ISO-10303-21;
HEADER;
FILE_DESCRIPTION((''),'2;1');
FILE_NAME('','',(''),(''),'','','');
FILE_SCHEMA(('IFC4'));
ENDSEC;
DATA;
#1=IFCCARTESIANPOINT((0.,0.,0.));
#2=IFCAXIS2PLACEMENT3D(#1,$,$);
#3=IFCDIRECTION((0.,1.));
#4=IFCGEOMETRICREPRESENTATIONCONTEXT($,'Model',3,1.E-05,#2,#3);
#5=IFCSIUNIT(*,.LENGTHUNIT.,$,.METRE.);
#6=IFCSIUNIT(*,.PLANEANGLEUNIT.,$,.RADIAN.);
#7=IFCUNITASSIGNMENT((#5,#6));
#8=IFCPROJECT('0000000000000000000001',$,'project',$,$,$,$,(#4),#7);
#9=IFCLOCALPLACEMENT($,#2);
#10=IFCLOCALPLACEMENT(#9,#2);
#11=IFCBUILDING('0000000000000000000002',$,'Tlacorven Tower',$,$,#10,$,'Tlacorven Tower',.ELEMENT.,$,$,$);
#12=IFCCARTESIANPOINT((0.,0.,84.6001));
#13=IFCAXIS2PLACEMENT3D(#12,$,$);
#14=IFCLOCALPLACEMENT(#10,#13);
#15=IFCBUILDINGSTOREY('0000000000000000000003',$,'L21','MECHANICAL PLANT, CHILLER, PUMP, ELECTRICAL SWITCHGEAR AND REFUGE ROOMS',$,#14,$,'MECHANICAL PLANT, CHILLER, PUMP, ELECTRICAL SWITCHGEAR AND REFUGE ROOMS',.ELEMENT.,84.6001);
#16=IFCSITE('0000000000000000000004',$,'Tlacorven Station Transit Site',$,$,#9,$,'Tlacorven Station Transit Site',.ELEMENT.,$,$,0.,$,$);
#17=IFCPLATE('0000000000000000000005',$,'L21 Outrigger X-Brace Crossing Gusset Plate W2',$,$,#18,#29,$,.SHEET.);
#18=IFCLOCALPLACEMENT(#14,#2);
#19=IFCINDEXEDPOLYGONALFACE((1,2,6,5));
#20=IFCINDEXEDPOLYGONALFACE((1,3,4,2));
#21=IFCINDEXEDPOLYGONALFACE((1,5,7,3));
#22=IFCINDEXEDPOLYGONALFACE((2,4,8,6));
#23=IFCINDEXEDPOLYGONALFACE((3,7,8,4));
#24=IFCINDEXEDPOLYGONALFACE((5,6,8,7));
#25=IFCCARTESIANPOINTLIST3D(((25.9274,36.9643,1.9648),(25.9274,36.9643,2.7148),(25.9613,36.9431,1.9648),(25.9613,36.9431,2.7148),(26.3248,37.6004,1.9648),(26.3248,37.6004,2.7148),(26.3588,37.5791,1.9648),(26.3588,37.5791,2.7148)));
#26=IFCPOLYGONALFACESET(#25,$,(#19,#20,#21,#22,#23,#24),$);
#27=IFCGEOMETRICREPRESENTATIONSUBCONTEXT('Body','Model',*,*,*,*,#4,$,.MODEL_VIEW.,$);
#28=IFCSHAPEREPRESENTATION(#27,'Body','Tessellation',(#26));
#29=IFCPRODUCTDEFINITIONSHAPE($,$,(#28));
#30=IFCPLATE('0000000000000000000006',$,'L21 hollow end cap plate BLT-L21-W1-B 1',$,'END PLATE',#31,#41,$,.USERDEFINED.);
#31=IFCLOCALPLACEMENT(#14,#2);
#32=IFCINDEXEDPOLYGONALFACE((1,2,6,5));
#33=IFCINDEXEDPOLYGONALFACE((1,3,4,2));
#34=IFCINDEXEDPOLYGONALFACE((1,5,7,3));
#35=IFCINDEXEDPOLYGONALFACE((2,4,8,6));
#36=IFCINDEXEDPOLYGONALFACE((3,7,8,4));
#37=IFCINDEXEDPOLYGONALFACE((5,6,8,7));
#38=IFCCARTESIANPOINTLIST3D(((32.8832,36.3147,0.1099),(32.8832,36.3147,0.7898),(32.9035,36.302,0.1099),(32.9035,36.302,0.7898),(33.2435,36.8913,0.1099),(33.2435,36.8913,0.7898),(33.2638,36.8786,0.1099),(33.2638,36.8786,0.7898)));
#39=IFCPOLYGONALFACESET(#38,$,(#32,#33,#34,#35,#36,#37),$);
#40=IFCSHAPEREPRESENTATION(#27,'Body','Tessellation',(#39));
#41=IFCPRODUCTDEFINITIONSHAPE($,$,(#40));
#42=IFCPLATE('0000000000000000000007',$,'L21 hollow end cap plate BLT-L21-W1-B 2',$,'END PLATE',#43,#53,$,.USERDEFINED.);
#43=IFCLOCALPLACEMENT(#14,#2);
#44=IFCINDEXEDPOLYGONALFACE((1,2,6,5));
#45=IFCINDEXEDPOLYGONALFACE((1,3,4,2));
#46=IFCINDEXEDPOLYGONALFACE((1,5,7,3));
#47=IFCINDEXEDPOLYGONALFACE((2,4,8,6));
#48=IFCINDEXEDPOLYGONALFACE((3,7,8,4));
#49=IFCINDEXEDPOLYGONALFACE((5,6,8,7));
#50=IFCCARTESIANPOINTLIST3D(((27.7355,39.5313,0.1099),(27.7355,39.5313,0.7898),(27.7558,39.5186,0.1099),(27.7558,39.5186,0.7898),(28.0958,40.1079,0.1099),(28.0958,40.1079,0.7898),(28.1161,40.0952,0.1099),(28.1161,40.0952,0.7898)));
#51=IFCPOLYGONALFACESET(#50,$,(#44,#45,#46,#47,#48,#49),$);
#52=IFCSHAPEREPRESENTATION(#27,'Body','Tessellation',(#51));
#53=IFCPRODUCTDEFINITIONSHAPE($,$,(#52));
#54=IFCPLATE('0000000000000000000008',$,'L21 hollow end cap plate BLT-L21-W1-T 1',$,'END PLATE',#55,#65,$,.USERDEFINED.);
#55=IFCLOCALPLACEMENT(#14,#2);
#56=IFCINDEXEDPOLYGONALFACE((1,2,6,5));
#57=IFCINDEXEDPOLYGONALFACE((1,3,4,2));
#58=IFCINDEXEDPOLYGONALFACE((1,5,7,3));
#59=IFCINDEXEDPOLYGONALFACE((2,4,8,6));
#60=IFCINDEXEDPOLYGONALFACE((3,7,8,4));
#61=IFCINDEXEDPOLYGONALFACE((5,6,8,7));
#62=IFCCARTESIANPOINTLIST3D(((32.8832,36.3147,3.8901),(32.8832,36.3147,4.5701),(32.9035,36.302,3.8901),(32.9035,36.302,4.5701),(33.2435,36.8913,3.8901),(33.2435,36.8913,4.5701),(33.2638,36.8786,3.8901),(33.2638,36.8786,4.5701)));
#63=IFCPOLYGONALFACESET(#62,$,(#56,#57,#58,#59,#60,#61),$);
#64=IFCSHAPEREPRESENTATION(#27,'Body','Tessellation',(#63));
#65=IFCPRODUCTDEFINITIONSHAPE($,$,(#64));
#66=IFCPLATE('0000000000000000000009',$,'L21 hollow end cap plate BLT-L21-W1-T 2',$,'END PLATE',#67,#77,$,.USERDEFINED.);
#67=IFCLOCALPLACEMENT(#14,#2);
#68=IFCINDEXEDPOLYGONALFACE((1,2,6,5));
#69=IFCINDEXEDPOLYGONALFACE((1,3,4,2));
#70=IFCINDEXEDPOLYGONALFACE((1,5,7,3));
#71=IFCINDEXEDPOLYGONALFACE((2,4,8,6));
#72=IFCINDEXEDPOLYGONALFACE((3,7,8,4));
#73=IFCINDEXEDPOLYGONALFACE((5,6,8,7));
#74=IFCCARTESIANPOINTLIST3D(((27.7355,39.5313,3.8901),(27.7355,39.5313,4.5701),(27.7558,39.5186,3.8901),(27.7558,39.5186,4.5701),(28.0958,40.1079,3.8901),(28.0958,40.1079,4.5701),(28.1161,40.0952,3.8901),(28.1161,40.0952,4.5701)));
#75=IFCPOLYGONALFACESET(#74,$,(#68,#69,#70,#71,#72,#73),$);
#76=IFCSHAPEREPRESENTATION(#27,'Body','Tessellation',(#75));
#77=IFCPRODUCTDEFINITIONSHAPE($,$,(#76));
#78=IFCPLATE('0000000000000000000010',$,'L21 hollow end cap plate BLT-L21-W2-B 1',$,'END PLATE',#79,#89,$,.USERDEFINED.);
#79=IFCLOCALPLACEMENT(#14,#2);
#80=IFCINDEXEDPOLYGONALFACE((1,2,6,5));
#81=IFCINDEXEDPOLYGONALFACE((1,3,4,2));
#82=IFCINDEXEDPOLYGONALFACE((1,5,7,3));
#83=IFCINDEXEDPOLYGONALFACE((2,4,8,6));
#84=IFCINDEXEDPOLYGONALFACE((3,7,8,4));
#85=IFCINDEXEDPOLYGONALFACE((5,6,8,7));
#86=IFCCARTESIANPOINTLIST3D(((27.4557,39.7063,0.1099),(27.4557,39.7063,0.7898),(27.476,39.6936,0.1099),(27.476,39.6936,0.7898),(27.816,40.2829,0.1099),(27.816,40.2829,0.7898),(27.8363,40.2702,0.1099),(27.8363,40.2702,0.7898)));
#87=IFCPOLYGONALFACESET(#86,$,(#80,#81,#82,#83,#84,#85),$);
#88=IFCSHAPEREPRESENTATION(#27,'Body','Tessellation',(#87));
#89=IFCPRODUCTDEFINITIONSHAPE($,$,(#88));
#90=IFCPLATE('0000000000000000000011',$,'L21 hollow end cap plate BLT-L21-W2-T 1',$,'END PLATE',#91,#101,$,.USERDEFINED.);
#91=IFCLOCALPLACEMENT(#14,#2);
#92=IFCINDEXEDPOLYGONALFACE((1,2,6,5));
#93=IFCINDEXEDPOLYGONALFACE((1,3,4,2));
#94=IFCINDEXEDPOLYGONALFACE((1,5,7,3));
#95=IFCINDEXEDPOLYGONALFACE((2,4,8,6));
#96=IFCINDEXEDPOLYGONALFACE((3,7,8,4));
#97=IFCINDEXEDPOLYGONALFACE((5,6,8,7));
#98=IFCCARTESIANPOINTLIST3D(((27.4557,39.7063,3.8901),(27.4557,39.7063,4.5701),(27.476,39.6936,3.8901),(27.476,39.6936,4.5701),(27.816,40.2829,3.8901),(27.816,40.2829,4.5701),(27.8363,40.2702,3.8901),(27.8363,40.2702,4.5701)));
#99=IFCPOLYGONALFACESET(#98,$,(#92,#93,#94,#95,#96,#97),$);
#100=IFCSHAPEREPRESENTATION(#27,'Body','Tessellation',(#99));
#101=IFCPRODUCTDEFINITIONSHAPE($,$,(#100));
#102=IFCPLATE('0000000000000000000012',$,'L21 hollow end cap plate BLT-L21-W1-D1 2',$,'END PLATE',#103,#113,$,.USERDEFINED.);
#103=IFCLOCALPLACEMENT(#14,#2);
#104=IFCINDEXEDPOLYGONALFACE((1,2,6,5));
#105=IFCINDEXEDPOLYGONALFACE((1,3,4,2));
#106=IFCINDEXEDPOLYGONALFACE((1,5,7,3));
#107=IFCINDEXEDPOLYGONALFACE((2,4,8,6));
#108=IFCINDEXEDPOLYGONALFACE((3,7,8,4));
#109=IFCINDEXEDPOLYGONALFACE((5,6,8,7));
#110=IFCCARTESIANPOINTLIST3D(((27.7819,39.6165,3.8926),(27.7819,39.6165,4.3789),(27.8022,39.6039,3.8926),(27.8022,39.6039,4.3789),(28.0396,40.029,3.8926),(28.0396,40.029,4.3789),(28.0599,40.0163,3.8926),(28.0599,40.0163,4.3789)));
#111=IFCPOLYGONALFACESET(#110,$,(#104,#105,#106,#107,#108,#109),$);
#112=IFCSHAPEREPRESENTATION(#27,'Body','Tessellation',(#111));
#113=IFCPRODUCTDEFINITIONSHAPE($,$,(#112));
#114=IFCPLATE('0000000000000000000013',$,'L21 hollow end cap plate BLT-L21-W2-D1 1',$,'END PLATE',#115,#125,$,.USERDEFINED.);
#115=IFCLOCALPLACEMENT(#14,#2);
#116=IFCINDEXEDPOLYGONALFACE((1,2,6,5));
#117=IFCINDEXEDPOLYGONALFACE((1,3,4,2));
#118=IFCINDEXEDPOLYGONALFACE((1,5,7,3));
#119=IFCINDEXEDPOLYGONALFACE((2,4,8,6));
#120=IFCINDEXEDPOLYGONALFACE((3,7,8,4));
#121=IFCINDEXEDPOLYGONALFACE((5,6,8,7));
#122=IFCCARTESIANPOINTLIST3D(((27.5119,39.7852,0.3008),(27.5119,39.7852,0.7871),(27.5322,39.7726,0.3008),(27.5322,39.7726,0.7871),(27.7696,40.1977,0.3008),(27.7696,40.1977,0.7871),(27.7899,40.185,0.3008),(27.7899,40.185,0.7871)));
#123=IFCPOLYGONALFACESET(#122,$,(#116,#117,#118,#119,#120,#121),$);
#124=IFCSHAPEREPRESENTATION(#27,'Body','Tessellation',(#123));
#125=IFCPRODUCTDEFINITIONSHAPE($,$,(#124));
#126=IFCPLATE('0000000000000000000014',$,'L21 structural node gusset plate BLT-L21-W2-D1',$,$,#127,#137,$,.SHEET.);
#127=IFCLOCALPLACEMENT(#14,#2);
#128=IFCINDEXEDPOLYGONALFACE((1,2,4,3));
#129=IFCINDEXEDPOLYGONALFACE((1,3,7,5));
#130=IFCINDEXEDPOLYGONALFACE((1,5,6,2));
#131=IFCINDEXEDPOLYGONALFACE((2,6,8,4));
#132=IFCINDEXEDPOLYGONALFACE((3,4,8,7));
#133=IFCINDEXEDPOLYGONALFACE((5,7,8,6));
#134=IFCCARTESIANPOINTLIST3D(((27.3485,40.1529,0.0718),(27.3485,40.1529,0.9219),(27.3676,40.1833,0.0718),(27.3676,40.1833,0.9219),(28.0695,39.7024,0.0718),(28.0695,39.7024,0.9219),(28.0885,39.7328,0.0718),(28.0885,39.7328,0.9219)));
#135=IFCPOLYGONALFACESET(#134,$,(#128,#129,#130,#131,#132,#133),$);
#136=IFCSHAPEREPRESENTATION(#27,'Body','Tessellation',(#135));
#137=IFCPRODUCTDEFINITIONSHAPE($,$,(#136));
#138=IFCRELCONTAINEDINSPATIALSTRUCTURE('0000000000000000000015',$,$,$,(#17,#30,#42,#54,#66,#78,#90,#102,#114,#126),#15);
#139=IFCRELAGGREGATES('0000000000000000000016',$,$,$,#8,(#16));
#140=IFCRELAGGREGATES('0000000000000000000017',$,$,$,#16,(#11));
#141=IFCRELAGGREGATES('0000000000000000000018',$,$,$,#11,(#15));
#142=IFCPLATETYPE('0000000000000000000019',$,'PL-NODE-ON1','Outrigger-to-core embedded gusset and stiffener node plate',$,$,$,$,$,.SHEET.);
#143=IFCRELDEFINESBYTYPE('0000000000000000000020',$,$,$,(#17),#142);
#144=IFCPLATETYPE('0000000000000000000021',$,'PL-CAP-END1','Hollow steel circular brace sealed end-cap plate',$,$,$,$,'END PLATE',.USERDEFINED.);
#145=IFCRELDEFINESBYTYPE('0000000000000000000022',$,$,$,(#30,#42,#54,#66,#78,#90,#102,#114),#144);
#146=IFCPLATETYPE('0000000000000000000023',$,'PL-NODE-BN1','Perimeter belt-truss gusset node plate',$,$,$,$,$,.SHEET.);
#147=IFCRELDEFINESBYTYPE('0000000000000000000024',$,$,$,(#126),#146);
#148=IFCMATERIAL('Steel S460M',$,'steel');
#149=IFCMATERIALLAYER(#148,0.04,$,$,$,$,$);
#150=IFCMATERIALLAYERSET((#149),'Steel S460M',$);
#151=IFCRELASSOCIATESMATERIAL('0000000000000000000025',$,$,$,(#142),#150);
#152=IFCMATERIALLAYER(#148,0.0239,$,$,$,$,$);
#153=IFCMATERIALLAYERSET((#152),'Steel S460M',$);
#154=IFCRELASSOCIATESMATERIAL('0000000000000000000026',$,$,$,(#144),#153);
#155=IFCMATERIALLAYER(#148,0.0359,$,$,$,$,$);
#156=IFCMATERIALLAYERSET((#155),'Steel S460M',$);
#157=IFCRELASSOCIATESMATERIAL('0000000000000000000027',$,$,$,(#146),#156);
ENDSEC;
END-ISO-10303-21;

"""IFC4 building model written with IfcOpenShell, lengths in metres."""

from ifc_helpers import new_model, si_unit, direction, frame, origin, origin_2d, place, context, subcontext, project, spatial, rectangle, extrude, source, transform, mapped, material, layer, layer_set, type_object, element, save


model = new_model("IFC4")

# Units and contexts
model_context = context("Model", 3, precision=1e-05, world=origin(), true_north=direction((0.0, 1.0)))
body_context = subcontext(model_context, "Body", "Model", "MODEL_VIEW")
ifc_project = project(units=[si_unit("LENGTHUNIT", "METRE"), si_unit("PLANEANGLEUNIT", "RADIAN")], contexts=[model_context])

# Site, building, storey
site_placement = place(None, origin())
site = spatial("IfcSite", under=ifc_project, at=site_placement, Name="Tlacorven Station Transit Site", LongName="Tlacorven Station Transit Site", CompositionType="ELEMENT", RefElevation=0.0)
building_placement = place(site_placement, origin())
building = spatial("IfcBuilding", under=site, at=building_placement, Name="Tlacorven Tower", LongName="Tlacorven Tower", CompositionType="ELEMENT")
storey_placement = place(building_placement, frame((0.0, 0.0, 84.6001)))
storey = spatial("IfcBuildingStorey", under=building, at=storey_placement, Name="L21", Description="MECHANICAL PLANT, CHILLER, PUMP, ELECTRICAL SWITCHGEAR AND REFUGE ROOMS", LongName="MECHANICAL PLANT, CHILLER, PUMP, ELECTRICAL SWITCHGEAR AND REFUGE ROOMS", CompositionType="ELEMENT", Elevation=84.6001)

# Shared definitions
ifc_material_1 = material(Name="Steel S460M", Category="steel")

# Plates
ifc_layer_1 = layer(ifc_material_1, 0.04)
ifc_layer_set_1 = layer_set([ifc_layer_1], Name="Steel S460M")
plate_type_1 = type_object("IfcPlateType", Name="PL-NODE-ON1", Description="Outrigger-to-core embedded gusset and stiffener node plate", PredefinedType="SHEET", material=ifc_layer_set_1)
shared_shape_1 = source(origin(), body_context, "Body", "SweptSolid", [
    extrude(rectangle(XDim=0.75, YDim=0.04, at=origin_2d()), origin(), (0.0, 0.0, 1.0), 0.75),
])
plate_1_placement = place(storey_placement, frame((26.1431, 37.2717, 1.9648), z_axis=(0.0, 0.0, 1.0), x_axis=(-0.529919, -0.848048, 0.0)))
element("IfcPlate", 1, at=plate_1_placement, inside=storey, type_object=plate_type_1, Name="L21 Outrigger X-Brace Crossing Gusset Plate W2", PredefinedType="SHEET", context=body_context, shape_type="MappedRepresentation", body=[
    mapped(shared_shape_1, transform((0.0, 0.0, 0.0), scale=1.0)),
])
ifc_layer_2 = layer(ifc_material_1, 0.0239)
ifc_layer_set_2 = layer_set([ifc_layer_2], Name="Steel S460M")
plate_type_2 = type_object("IfcPlateType", Name="PL-CAP-END1", Description="Hollow steel circular brace sealed end-cap plate", ElementType="END PLATE", PredefinedType="USERDEFINED", material=ifc_layer_set_2)
shared_shape_2 = source(origin(), body_context, "Body", "SweptSolid", [
    extrude(rectangle(XDim=0.0239, YDim=0.6799, at=origin_2d()), origin(), (0.0, 0.0, 1.0), 0.6799),
])
for number, where, z_axis, x_axis, name in (
    (2, (33.0735, 36.5967, 0.1099), (0.0, 0.0, 1.0), (-0.848048, 0.529919, 0.0), "L21 hollow end cap plate BLT-L21-W1-B 1"),
    (3, (27.9258, 39.8132, 0.1099), (0.0, 0.0, 1.0), (-0.848048, 0.529919, 0.0), "L21 hollow end cap plate BLT-L21-W1-B 2"),
    (4, (33.0735, 36.5967, 3.8901), (0.0, 0.0, 1.0), (-0.848048, 0.529919, 0.0), "L21 hollow end cap plate BLT-L21-W1-T 1"),
    (5, (27.9258, 39.8132, 3.8901), (0.0, 0.0, 1.0), (-0.848048, 0.529919, 0.0), "L21 hollow end cap plate BLT-L21-W1-T 2"),
    (6, (27.646, 39.9883, 0.1099), (0.0, 0.0, 1.0), (-0.848048, 0.529919, 0.0), "L21 hollow end cap plate BLT-L21-W2-B 1"),
    (7, (27.646, 39.9883, 3.8901), (0.0, 0.0, 1.0), (-0.848048, 0.529919, 0.0), "L21 hollow end cap plate BLT-L21-W2-T 1"),
):
    element("IfcPlate", number, at=place(storey_placement, frame(where, z_axis=z_axis, x_axis=x_axis)), inside=storey, type_object=plate_type_2, Name=name, ObjectType="END PLATE", PredefinedType="USERDEFINED", context=body_context, shape_type="MappedRepresentation", body=[
        mapped(shared_shape_2, transform((0.0, 0.0, 0.0), scale=1.0)),
    ])
shared_shape_3 = source(origin(), body_context, "Body", "SweptSolid", [
    extrude(rectangle(XDim=0.0239, YDim=0.4863, at=origin_2d()), origin(), (0.0, 0.0, 1.0), 0.4863),
])
for number, where, z_axis, x_axis, name in (
    (8, (27.9209, 39.8164, 3.8926), (0.0, 0.0, 1.0), (-0.848048, 0.529919, 0.0), "L21 hollow end cap plate BLT-L21-W1-D1 2"),
    (9, (27.6509, 39.9851, 0.3008), (0.0, 0.0, 1.0), (-0.848048, 0.529919, 0.0), "L21 hollow end cap plate BLT-L21-W2-D1 1"),
):
    element("IfcPlate", number, at=place(storey_placement, frame(where, z_axis=z_axis, x_axis=x_axis)), inside=storey, type_object=plate_type_2, Name=name, ObjectType="END PLATE", PredefinedType="USERDEFINED", context=body_context, shape_type="MappedRepresentation", body=[
        mapped(shared_shape_3, transform((0.0, 0.0, 0.0), scale=1.0)),
    ])
ifc_layer_3 = layer(ifc_material_1, 0.0359)
ifc_layer_set_3 = layer_set([ifc_layer_3], Name="Steel S460M")
plate_type_3 = type_object("IfcPlateType", Name="PL-NODE-BN1", Description="Perimeter belt-truss gusset node plate", PredefinedType="SHEET", material=ifc_layer_set_3)
shared_shape_4 = source(origin(), body_context, "Body", "SweptSolid", [
    extrude(rectangle(XDim=0.8501, YDim=0.0359, at=origin_2d()), origin(), (0.0, 0.0, 1.0), 0.8501),
])
plate_2_placement = place(storey_placement, frame((27.7185, 39.9429, 0.0718), z_axis=(0.0, 0.0, 1.0), x_axis=(-0.848048, 0.529919, 0.0)))
element("IfcPlate", 10, at=plate_2_placement, inside=storey, type_object=plate_type_3, Name="L21 structural node gusset plate BLT-L21-W2-D1", PredefinedType="SHEET", context=body_context, shape_type="MappedRepresentation", body=[
    mapped(shared_shape_4, transform((0.0, 0.0, 0.0), scale=1.0)),
])

save(model, "model.ifc")
